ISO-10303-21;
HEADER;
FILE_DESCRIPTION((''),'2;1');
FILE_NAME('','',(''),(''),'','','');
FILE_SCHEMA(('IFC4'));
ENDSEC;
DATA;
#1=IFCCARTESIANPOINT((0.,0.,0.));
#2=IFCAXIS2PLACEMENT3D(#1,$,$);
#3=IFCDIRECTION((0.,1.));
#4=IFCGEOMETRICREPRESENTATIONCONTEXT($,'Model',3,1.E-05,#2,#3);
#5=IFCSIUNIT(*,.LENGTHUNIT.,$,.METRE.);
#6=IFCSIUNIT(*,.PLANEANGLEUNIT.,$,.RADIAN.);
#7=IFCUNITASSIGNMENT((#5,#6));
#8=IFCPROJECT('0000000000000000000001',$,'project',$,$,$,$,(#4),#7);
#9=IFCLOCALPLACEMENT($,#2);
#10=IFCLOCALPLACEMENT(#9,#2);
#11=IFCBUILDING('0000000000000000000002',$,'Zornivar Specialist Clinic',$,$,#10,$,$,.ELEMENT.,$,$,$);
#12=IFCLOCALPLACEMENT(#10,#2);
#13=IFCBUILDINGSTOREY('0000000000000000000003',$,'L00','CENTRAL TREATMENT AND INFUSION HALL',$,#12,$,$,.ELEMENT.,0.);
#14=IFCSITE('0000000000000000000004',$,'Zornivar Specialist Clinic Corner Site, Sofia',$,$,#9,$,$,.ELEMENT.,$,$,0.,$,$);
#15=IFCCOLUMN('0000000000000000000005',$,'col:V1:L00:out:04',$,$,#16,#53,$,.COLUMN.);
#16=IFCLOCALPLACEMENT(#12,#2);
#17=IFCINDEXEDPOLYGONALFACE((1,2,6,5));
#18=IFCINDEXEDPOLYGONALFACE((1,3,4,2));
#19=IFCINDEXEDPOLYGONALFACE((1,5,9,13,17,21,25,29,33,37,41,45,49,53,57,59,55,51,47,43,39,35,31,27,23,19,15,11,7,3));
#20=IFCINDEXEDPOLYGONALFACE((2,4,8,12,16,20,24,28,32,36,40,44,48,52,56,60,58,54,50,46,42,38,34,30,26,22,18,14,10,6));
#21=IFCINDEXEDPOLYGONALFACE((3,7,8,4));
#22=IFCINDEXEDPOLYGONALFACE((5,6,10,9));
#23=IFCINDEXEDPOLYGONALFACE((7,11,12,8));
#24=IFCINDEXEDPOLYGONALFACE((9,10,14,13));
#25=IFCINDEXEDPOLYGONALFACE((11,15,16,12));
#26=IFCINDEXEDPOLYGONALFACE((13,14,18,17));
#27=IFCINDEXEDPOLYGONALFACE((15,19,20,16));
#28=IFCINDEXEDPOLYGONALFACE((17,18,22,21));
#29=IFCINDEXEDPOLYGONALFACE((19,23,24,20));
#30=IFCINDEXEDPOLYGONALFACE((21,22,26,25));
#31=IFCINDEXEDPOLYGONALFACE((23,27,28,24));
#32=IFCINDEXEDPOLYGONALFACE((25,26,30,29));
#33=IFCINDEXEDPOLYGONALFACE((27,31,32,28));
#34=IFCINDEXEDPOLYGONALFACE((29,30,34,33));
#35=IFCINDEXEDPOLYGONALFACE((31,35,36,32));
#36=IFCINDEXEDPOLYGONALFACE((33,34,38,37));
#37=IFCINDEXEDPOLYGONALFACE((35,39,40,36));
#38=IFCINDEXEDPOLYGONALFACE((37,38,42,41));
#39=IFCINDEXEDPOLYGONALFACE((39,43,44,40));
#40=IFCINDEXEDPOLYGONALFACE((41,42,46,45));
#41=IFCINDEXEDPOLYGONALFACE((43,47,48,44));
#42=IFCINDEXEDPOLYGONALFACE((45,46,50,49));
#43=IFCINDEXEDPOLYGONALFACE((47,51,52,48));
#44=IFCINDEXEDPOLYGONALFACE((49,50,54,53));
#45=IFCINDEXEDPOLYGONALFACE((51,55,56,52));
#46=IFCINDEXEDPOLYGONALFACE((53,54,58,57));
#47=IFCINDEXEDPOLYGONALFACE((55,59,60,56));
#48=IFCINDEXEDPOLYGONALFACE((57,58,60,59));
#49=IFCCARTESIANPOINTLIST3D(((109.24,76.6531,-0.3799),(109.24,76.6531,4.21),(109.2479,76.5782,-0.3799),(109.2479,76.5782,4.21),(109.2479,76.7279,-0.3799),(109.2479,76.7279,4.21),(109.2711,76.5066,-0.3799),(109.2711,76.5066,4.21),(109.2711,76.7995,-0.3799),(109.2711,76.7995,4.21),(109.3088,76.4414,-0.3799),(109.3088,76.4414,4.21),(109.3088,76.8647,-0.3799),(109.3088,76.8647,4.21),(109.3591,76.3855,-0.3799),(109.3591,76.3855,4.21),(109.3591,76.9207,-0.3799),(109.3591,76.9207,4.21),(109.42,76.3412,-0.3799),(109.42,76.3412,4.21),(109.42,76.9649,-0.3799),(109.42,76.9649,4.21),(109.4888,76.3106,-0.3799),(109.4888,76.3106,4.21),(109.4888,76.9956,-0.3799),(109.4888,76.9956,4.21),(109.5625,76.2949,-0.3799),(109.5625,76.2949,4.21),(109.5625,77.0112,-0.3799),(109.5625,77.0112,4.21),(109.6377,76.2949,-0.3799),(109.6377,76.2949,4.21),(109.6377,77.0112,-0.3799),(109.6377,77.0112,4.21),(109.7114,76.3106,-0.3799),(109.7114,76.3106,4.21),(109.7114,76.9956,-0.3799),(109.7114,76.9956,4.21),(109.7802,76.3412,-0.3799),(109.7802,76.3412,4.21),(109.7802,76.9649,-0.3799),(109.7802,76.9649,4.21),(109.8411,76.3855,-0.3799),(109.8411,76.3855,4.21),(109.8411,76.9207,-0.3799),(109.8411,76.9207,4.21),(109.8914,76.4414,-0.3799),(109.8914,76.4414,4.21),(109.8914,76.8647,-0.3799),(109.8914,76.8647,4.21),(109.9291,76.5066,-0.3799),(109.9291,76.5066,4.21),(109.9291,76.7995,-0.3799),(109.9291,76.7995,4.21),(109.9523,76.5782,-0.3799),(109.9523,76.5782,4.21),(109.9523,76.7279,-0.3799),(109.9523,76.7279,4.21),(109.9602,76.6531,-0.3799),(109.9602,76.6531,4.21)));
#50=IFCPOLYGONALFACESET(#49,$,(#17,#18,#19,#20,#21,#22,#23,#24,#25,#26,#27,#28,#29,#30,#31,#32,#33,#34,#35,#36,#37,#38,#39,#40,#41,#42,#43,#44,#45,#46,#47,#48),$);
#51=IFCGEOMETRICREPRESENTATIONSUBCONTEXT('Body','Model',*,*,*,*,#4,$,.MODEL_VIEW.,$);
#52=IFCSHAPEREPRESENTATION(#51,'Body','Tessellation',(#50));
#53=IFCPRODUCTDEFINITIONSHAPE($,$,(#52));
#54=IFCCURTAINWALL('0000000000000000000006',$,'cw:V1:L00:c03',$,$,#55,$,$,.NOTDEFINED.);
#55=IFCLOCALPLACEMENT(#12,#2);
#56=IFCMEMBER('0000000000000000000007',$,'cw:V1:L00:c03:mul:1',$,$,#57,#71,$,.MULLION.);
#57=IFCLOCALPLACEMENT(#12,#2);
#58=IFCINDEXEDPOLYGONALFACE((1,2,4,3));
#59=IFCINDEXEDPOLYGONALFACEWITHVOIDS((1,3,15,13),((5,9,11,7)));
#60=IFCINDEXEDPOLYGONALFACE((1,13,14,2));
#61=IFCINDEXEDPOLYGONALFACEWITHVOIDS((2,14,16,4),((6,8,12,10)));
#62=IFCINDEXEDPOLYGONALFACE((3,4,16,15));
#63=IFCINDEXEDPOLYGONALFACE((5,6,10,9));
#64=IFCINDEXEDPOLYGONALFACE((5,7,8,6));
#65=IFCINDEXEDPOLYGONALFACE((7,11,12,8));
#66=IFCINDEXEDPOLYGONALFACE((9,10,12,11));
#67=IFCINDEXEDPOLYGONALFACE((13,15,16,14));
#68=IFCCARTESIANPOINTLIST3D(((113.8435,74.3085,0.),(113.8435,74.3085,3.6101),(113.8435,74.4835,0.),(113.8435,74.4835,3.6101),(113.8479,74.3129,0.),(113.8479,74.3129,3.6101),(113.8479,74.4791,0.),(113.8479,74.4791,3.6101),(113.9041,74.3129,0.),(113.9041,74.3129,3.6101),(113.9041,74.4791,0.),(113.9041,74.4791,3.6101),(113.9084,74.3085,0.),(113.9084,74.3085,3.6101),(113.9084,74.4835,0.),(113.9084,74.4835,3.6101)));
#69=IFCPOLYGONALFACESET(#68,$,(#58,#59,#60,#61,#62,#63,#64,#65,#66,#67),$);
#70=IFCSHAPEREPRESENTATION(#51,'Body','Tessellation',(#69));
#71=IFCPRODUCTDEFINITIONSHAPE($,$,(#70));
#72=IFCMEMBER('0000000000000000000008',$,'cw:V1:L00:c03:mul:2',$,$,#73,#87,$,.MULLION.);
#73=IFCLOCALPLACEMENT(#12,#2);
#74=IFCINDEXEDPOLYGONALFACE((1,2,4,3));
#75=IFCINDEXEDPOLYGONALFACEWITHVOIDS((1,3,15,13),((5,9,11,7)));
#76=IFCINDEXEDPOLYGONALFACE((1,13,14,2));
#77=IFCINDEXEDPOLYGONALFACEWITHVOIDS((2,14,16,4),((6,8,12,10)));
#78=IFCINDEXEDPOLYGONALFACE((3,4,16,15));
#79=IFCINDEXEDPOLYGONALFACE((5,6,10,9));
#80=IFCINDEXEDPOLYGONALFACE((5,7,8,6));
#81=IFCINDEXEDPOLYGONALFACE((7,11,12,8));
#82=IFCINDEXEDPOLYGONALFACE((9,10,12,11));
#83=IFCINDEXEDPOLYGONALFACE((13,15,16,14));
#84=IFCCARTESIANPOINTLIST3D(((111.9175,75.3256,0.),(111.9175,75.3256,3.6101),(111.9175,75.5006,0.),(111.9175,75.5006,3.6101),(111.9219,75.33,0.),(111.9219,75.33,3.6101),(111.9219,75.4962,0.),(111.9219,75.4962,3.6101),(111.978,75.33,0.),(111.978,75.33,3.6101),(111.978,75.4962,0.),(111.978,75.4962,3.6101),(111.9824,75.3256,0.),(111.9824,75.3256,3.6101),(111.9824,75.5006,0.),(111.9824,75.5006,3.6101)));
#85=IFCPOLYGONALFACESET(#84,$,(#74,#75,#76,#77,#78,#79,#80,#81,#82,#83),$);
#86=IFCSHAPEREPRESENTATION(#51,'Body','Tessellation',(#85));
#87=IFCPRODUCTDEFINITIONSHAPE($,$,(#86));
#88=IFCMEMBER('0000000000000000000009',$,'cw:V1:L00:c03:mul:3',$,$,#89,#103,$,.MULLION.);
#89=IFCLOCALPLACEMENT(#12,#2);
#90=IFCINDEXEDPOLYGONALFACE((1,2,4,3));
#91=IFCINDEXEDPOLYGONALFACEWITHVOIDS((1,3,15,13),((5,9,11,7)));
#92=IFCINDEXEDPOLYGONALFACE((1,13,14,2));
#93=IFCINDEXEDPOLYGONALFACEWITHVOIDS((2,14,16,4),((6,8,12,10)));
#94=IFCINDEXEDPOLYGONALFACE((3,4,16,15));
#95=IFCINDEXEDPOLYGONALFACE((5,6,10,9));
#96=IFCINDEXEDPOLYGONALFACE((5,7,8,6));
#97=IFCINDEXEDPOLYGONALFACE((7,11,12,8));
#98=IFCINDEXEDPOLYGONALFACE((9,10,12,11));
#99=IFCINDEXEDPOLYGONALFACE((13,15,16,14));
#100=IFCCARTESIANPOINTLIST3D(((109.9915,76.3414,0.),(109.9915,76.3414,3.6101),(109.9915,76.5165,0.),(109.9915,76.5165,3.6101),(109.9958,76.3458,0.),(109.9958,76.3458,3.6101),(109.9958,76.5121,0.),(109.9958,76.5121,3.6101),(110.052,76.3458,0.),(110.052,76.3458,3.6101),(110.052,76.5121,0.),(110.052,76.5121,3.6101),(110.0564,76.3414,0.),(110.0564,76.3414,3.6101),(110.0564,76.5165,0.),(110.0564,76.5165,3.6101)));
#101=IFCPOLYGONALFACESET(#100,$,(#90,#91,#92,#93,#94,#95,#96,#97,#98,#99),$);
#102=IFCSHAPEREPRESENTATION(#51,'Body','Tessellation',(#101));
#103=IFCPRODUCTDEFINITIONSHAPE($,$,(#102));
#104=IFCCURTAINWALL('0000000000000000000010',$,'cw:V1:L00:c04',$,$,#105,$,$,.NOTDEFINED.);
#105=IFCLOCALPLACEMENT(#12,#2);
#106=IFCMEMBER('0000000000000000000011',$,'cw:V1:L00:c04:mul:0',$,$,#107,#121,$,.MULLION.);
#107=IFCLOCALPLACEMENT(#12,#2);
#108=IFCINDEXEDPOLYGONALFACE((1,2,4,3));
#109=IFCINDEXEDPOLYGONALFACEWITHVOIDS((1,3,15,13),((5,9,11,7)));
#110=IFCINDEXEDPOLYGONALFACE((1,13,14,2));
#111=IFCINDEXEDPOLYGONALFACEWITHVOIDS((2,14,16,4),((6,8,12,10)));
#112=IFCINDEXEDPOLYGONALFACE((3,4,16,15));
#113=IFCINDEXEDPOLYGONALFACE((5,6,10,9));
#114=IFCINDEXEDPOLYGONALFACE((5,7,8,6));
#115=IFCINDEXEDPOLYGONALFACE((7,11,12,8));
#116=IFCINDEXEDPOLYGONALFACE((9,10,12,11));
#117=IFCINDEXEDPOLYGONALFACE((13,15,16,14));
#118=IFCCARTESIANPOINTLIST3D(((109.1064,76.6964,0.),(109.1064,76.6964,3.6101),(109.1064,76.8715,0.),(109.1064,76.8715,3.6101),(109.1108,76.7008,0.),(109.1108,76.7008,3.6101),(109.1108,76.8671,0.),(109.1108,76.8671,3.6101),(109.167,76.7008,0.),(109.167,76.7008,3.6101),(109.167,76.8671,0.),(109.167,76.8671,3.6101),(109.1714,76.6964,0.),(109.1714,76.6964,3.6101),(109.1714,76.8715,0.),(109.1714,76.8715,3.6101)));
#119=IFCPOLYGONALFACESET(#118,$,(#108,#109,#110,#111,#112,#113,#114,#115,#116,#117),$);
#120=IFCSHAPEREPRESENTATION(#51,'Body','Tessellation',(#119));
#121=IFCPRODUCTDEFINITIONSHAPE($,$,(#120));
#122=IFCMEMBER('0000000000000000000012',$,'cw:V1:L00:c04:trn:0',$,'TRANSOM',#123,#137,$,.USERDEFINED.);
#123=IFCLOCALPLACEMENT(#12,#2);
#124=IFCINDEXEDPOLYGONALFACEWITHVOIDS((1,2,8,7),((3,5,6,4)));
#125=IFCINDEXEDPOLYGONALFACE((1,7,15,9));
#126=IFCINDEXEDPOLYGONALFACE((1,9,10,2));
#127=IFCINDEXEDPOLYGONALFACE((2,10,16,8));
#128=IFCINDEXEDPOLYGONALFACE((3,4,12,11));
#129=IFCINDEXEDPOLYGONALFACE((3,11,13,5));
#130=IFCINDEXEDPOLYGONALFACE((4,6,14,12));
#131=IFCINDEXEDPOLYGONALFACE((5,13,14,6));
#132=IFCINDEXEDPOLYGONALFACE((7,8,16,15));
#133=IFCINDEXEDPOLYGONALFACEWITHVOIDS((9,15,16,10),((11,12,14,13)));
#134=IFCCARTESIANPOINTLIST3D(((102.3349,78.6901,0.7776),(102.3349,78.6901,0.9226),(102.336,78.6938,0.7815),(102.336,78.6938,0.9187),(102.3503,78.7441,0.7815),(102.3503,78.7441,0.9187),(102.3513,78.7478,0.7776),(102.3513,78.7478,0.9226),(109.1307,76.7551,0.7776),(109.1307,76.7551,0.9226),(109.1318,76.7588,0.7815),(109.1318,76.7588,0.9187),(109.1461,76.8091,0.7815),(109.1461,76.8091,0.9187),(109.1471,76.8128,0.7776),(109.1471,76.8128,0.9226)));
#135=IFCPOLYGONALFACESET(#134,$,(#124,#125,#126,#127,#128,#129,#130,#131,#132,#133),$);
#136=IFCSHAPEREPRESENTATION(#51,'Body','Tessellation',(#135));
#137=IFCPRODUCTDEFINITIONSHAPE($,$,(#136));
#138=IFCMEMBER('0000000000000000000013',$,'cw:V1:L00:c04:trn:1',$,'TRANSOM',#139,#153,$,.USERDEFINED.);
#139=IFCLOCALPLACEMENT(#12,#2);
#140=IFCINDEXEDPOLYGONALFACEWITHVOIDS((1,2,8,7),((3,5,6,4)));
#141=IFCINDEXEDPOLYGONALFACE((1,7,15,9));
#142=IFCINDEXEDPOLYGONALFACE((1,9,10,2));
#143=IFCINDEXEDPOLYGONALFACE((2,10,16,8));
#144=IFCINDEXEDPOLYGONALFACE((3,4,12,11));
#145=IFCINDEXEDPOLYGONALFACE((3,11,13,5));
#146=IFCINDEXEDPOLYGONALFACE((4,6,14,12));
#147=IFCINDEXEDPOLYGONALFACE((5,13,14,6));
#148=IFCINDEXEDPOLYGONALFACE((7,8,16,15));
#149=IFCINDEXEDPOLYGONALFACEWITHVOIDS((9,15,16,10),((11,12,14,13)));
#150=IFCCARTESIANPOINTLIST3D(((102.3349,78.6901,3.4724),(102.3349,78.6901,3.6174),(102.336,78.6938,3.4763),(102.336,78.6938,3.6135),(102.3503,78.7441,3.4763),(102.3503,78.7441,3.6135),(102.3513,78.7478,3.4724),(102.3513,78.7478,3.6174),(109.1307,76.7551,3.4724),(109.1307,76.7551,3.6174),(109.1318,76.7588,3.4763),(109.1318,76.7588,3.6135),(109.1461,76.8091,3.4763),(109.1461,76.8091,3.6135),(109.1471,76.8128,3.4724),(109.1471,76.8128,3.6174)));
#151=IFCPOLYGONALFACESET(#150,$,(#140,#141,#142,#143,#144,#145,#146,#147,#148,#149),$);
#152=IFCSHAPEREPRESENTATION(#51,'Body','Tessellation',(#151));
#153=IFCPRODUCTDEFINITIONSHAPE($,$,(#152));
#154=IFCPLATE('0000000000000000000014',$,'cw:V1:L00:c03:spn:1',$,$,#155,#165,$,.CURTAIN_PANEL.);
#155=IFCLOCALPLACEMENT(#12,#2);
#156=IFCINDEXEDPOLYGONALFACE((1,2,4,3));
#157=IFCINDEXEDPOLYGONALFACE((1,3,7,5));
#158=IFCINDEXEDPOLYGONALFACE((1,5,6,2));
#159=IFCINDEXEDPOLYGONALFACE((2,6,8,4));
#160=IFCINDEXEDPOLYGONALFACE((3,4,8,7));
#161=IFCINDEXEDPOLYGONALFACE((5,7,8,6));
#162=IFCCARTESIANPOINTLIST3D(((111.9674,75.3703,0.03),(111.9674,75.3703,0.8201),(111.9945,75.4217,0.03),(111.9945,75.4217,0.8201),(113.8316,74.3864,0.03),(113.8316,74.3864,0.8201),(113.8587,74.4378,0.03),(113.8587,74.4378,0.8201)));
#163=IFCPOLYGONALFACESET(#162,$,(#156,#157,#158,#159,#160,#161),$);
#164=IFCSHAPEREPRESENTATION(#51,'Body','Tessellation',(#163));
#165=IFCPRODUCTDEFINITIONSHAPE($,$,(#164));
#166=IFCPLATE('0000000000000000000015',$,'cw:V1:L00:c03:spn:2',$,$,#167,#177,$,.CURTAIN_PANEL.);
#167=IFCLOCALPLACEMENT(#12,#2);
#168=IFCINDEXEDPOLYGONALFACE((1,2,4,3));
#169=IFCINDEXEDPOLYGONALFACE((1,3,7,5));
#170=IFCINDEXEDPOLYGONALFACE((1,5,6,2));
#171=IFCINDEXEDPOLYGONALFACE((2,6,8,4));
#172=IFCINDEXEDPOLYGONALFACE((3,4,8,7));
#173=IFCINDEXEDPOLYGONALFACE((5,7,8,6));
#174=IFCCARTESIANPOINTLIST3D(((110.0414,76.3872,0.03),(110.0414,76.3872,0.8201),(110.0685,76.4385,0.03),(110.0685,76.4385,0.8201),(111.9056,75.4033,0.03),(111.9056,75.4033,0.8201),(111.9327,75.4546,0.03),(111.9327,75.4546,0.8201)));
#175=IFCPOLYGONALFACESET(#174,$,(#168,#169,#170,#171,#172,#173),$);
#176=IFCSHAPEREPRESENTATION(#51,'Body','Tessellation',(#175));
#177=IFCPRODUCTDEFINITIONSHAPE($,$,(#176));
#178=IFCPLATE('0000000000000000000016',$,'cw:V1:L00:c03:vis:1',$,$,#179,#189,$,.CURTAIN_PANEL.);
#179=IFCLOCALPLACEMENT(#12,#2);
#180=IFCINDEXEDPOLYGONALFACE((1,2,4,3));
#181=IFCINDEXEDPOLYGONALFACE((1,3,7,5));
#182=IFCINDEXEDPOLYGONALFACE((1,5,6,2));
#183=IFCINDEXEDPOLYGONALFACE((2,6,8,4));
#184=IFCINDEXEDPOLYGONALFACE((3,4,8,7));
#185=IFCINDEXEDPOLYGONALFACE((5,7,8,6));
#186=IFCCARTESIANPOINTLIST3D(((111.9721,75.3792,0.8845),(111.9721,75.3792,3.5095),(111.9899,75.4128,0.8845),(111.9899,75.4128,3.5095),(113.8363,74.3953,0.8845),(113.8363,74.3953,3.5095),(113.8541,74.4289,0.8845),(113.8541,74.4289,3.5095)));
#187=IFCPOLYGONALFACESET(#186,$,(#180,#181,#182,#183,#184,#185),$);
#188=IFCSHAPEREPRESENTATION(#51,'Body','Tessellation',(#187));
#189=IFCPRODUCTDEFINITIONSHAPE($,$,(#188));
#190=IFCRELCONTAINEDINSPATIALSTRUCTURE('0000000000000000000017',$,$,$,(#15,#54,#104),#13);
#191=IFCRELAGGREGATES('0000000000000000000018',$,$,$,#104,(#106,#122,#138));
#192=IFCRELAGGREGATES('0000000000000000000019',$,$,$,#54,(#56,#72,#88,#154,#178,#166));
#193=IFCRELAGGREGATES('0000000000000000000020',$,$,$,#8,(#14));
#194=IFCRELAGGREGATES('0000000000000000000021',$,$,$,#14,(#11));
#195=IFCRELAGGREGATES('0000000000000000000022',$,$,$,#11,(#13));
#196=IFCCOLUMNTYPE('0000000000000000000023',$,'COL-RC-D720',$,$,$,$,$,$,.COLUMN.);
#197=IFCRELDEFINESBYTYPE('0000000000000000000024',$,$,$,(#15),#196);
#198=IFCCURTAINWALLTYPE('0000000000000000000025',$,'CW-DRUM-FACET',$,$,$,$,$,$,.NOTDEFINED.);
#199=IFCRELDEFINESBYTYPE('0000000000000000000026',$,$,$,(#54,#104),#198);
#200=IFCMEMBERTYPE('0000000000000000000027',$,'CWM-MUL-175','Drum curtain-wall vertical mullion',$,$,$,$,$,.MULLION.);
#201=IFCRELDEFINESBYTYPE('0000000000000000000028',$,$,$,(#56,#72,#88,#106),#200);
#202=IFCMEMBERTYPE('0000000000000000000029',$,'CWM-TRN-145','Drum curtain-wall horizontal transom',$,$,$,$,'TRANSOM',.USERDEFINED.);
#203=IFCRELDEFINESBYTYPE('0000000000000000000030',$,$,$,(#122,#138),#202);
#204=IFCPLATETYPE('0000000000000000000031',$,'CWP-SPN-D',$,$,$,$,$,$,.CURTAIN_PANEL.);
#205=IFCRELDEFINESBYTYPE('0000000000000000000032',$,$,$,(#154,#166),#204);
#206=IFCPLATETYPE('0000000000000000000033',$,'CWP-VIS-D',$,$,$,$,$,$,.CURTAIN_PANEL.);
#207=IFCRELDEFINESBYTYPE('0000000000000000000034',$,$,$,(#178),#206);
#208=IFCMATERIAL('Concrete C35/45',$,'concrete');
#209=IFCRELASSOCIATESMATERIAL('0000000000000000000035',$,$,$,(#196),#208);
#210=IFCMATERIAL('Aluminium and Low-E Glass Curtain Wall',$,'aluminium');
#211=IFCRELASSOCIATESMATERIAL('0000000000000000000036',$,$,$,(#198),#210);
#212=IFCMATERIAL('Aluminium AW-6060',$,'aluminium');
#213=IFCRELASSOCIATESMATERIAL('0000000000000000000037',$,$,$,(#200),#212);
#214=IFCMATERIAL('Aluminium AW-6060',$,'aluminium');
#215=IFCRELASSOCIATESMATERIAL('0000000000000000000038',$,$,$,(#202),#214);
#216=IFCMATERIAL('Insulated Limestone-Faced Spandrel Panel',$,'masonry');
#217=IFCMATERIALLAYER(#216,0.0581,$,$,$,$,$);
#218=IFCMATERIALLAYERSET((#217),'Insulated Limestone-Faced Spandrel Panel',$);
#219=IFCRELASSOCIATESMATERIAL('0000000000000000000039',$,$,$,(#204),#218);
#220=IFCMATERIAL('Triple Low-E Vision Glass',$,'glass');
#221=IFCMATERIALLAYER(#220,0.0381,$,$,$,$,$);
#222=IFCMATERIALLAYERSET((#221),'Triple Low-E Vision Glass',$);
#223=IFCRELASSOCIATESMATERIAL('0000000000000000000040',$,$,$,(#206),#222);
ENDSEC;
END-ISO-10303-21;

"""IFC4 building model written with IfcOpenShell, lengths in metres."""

from ifc_helpers import new_model, si_unit, direction, frame, origin, origin_2d, place, context, subcontext, project, spatial, rectangle, hollow_rectangle, circle, extrude, material, layer, layer_set, material_profile, profile_set, type_object, element, aggregate, save


model = new_model("IFC4")

# Units and contexts
model_context = context("Model", 3, precision=1e-05, world=origin(), true_north=direction((0.0, 1.0)))
body_context = subcontext(model_context, "Body", "Model", "MODEL_VIEW")
ifc_project = project(units=[si_unit("LENGTHUNIT", "METRE"), si_unit("PLANEANGLEUNIT", "RADIAN")], contexts=[model_context])

# Site, building, storey
site_placement = place(None, origin())
site = spatial("IfcSite", under=ifc_project, at=site_placement, Name="Zornivar Specialist Clinic Corner Site, Sofia", CompositionType="ELEMENT", RefElevation=0.0)
building_placement = place(site_placement, origin())
building = spatial("IfcBuilding", under=site, at=building_placement, Name="Zornivar Specialist Clinic", CompositionType="ELEMENT")
storey_placement = place(building_placement, origin())
storey = spatial("IfcBuildingStorey", under=building, at=storey_placement, Name="L00", Description="CENTRAL TREATMENT AND INFUSION HALL", CompositionType="ELEMENT", Elevation=0.0)

# Column
ifc_material_1 = material(Name="Concrete C35/45", Category="concrete")
ifc_material_profile_1 = material_profile(ifc_material_1, circle(Radius=0.3601, at=origin_2d()), Name="RC D720")
ifc_profile_set_1 = profile_set([ifc_material_profile_1], Name="Concrete C35/45")
column_type = type_object("IfcColumnType", Name="COL-RC-D720", PredefinedType="COLUMN", material=ifc_profile_set_1)
column_placement = place(storey_placement, frame((109.6001, 76.6531, -0.3799), z_axis=(0.0, 0.0, 1.0), x_axis=(1.0, 0.0, 0.0)))
element("IfcColumn", 1, at=column_placement, inside=storey, type_object=column_type, Name="col:V1:L00:out:04", PredefinedType="COLUMN", context=body_context, shape_type="SweptSolid", body=[
    extrude(circle(Radius=0.3601, at=origin_2d()), origin(), (0.0, 0.0, 1.0), 4.5898),
])

# Curtain walls, members
ifc_material_2 = material(Name="Aluminium and Low-E Glass Curtain Wall", Category="aluminium")
curtain_wall_type = type_object("IfcCurtainWallType", Name="CW-DRUM-FACET", PredefinedType="NOTDEFINED", material=ifc_material_2)
curtain_wall_1_placement = place(storey_placement, origin())
curtain_wall_1 = element("IfcCurtainWall", 2, at=curtain_wall_1_placement, inside=storey, type_object=curtain_wall_type, Name="cw:V1:L00:c03", PredefinedType="NOTDEFINED")
ifc_material_3 = material(Name="Aluminium AW-6060", Category="aluminium")
ifc_material_profile_2 = material_profile(ifc_material_3, hollow_rectangle(XDim=0.0649, YDim=0.175, WallThickness=0.0044, at=origin_2d()), Name="ALU 65x175x4.5")
ifc_profile_set_2 = profile_set([ifc_material_profile_2], Name="Aluminium AW-6060")
member_type_1 = type_object("IfcMemberType", Name="CWM-MUL-175", Description="Drum curtain-wall vertical mullion", PredefinedType="MULLION", material=ifc_profile_set_2)
member_1_placement = place(storey_placement, frame((113.876, 74.396, 0.0), z_axis=(0.0, 0.0, 1.0), x_axis=(1.0, 0.0, 0.0)))
member_1 = element("IfcMember", 3, at=member_1_placement, type_object=member_type_1, Name="cw:V1:L00:c03:mul:1", PredefinedType="MULLION", context=body_context, shape_type="SweptSolid", body=[
    extrude(hollow_rectangle(XDim=0.0649, YDim=0.175, WallThickness=0.0044, at=origin_2d()), origin(), (0.0, 0.0, 1.0), 3.6101),
])
member_2_placement = place(storey_placement, frame((111.95, 75.4131, 0.0), z_axis=(0.0, 0.0, 1.0), x_axis=(1.0, 0.0, 0.0)))
member_2 = element("IfcMember", 4, at=member_2_placement, type_object=member_type_1, Name="cw:V1:L00:c03:mul:2", PredefinedType="MULLION", context=body_context, shape_type="SweptSolid", body=[
    extrude(hollow_rectangle(XDim=0.0649, YDim=0.175, WallThickness=0.0044, at=origin_2d()), origin(), (0.0, 0.0, 1.0), 3.6101),
])
member_3_placement = place(storey_placement, frame((110.0239, 76.429, 0.0), z_axis=(0.0, 0.0, 1.0), x_axis=(1.0, 0.0, 0.0)))
member_3 = element("IfcMember", 5, at=member_3_placement, type_object=member_type_1, Name="cw:V1:L00:c03:mul:3", PredefinedType="MULLION", context=body_context, shape_type="SweptSolid", body=[
    extrude(hollow_rectangle(XDim=0.0649, YDim=0.175, WallThickness=0.0044, at=origin_2d()), origin(), (0.0, 0.0, 1.0), 3.6101),
])
curtain_wall_2_placement = place(storey_placement, origin())
curtain_wall_2 = element("IfcCurtainWall", 6, at=curtain_wall_2_placement, inside=storey, type_object=curtain_wall_type, Name="cw:V1:L00:c04", PredefinedType="NOTDEFINED")
member_4_placement = place(storey_placement, frame((109.1389, 76.7839, 0.0), z_axis=(0.0, 0.0, 1.0), x_axis=(1.0, 0.0, 0.0)))
member_4 = element("IfcMember", 7, at=member_4_placement, type_object=member_type_1, Name="cw:V1:L00:c04:mul:0", PredefinedType="MULLION", context=body_context, shape_type="SweptSolid", body=[
    extrude(hollow_rectangle(XDim=0.0649, YDim=0.175, WallThickness=0.0044, at=origin_2d()), origin(), (0.0, 0.0, 1.0), 3.6101),
])
ifc_material_4 = material(Name="Aluminium AW-6060", Category="aluminium")
ifc_material_profile_3 = material_profile(ifc_material_4, hollow_rectangle(XDim=0.0601, YDim=0.145, WallThickness=0.0039, at=origin_2d()), Name="ALU 60x145x4")
ifc_profile_set_3 = profile_set([ifc_material_profile_3], Name="Aluminium AW-6060")
member_type_2 = type_object("IfcMemberType", Name="CWM-TRN-145", Description="Drum curtain-wall horizontal transom", ElementType="TRANSOM", PredefinedType="USERDEFINED", material=ifc_profile_set_3)
member_5_placement = place(storey_placement, frame((109.1389, 76.7839, 0.8501), z_axis=(-0.961771, 0.273854, 0.0), x_axis=(-0.273854, -0.961771, 0.0)))
member_5 = element("IfcMember", 8, at=member_5_placement, type_object=member_type_2, Name="cw:V1:L00:c04:trn:0", ObjectType="TRANSOM", PredefinedType="USERDEFINED", context=body_context, shape_type="SweptSolid", body=[
    extrude(hollow_rectangle(XDim=0.0601, YDim=0.145, WallThickness=0.0039, at=origin_2d()), origin(), (0.0, 0.0, 1.0), 7.0659),
])
member_6_placement = place(storey_placement, frame((109.1389, 76.7839, 3.5449), z_axis=(-0.961771, 0.273854, 0.0), x_axis=(-0.273854, -0.961771, 0.0)))
member_6 = element("IfcMember", 9, at=member_6_placement, type_object=member_type_2, Name="cw:V1:L00:c04:trn:1", ObjectType="TRANSOM", PredefinedType="USERDEFINED", context=body_context, shape_type="SweptSolid", body=[
    extrude(hollow_rectangle(XDim=0.0601, YDim=0.145, WallThickness=0.0039, at=origin_2d()), origin(), (0.0, 0.0, 1.0), 7.0659),
])
aggregate(curtain_wall_2, [member_4, member_5, member_6])

# Plates
ifc_material_5 = material(Name="Insulated Limestone-Faced Spandrel Panel", Category="masonry")
ifc_layer_1 = layer(ifc_material_5, 0.0581)
ifc_layer_set_1 = layer_set([ifc_layer_1], Name="Insulated Limestone-Faced Spandrel Panel")
plate_type_1 = type_object("IfcPlateType", Name="CWP-SPN-D", PredefinedType="CURTAIN_PANEL", material=ifc_layer_set_1)
plate_1_placement = place(storey_placement, frame((112.9131, 74.9041, 0.03), z_axis=(0.0, 0.0, 1.0), x_axis=(-0.884383, 0.466762, 0.0)))
plate_1 = element("IfcPlate", 10, at=plate_1_placement, type_object=plate_type_1, Name="cw:V1:L00:c03:spn:1", PredefinedType="CURTAIN_PANEL", context=body_context, shape_type="SweptSolid", body=[
    extrude(rectangle(XDim=2.1079, YDim=0.0581, at=origin_2d()), origin(), (0.0, 0.0, 1.0), 0.79),
])
plate_2_placement = place(storey_placement, frame((110.9871, 75.9209, 0.03), z_axis=(0.0, 0.0, 1.0), x_axis=(-0.884383, 0.466762, 0.0)))
plate_2 = element("IfcPlate", 11, at=plate_2_placement, type_object=plate_type_1, Name="cw:V1:L00:c03:spn:2", PredefinedType="CURTAIN_PANEL", context=body_context, shape_type="SweptSolid", body=[
    extrude(rectangle(XDim=2.1079, YDim=0.0581, at=origin_2d()), origin(), (0.0, 0.0, 1.0), 0.79),
])
ifc_material_6 = material(Name="Triple Low-E Vision Glass", Category="glass")
ifc_layer_2 = layer(ifc_material_6, 0.0381)
ifc_layer_set_2 = layer_set([ifc_layer_2], Name="Triple Low-E Vision Glass")
plate_type_2 = type_object("IfcPlateType", Name="CWP-VIS-D", PredefinedType="CURTAIN_PANEL", material=ifc_layer_set_2)
plate_3_placement = place(storey_placement, frame((112.9131, 74.9041, 0.8845), z_axis=(0.0, 0.0, 1.0), x_axis=(-0.884383, 0.466762, 0.0)))
plate_3 = element("IfcPlate", 12, at=plate_3_placement, type_object=plate_type_2, Name="cw:V1:L00:c03:vis:1", PredefinedType="CURTAIN_PANEL", context=body_context, shape_type="SweptSolid", body=[
    extrude(rectangle(XDim=2.1079, YDim=0.0381, at=origin_2d()), origin(), (0.0, 0.0, 1.0), 2.625),
])
aggregate(curtain_wall_1, [member_1, member_2, member_3, plate_1, plate_3, plate_2])

save(model, "model.ifc")
